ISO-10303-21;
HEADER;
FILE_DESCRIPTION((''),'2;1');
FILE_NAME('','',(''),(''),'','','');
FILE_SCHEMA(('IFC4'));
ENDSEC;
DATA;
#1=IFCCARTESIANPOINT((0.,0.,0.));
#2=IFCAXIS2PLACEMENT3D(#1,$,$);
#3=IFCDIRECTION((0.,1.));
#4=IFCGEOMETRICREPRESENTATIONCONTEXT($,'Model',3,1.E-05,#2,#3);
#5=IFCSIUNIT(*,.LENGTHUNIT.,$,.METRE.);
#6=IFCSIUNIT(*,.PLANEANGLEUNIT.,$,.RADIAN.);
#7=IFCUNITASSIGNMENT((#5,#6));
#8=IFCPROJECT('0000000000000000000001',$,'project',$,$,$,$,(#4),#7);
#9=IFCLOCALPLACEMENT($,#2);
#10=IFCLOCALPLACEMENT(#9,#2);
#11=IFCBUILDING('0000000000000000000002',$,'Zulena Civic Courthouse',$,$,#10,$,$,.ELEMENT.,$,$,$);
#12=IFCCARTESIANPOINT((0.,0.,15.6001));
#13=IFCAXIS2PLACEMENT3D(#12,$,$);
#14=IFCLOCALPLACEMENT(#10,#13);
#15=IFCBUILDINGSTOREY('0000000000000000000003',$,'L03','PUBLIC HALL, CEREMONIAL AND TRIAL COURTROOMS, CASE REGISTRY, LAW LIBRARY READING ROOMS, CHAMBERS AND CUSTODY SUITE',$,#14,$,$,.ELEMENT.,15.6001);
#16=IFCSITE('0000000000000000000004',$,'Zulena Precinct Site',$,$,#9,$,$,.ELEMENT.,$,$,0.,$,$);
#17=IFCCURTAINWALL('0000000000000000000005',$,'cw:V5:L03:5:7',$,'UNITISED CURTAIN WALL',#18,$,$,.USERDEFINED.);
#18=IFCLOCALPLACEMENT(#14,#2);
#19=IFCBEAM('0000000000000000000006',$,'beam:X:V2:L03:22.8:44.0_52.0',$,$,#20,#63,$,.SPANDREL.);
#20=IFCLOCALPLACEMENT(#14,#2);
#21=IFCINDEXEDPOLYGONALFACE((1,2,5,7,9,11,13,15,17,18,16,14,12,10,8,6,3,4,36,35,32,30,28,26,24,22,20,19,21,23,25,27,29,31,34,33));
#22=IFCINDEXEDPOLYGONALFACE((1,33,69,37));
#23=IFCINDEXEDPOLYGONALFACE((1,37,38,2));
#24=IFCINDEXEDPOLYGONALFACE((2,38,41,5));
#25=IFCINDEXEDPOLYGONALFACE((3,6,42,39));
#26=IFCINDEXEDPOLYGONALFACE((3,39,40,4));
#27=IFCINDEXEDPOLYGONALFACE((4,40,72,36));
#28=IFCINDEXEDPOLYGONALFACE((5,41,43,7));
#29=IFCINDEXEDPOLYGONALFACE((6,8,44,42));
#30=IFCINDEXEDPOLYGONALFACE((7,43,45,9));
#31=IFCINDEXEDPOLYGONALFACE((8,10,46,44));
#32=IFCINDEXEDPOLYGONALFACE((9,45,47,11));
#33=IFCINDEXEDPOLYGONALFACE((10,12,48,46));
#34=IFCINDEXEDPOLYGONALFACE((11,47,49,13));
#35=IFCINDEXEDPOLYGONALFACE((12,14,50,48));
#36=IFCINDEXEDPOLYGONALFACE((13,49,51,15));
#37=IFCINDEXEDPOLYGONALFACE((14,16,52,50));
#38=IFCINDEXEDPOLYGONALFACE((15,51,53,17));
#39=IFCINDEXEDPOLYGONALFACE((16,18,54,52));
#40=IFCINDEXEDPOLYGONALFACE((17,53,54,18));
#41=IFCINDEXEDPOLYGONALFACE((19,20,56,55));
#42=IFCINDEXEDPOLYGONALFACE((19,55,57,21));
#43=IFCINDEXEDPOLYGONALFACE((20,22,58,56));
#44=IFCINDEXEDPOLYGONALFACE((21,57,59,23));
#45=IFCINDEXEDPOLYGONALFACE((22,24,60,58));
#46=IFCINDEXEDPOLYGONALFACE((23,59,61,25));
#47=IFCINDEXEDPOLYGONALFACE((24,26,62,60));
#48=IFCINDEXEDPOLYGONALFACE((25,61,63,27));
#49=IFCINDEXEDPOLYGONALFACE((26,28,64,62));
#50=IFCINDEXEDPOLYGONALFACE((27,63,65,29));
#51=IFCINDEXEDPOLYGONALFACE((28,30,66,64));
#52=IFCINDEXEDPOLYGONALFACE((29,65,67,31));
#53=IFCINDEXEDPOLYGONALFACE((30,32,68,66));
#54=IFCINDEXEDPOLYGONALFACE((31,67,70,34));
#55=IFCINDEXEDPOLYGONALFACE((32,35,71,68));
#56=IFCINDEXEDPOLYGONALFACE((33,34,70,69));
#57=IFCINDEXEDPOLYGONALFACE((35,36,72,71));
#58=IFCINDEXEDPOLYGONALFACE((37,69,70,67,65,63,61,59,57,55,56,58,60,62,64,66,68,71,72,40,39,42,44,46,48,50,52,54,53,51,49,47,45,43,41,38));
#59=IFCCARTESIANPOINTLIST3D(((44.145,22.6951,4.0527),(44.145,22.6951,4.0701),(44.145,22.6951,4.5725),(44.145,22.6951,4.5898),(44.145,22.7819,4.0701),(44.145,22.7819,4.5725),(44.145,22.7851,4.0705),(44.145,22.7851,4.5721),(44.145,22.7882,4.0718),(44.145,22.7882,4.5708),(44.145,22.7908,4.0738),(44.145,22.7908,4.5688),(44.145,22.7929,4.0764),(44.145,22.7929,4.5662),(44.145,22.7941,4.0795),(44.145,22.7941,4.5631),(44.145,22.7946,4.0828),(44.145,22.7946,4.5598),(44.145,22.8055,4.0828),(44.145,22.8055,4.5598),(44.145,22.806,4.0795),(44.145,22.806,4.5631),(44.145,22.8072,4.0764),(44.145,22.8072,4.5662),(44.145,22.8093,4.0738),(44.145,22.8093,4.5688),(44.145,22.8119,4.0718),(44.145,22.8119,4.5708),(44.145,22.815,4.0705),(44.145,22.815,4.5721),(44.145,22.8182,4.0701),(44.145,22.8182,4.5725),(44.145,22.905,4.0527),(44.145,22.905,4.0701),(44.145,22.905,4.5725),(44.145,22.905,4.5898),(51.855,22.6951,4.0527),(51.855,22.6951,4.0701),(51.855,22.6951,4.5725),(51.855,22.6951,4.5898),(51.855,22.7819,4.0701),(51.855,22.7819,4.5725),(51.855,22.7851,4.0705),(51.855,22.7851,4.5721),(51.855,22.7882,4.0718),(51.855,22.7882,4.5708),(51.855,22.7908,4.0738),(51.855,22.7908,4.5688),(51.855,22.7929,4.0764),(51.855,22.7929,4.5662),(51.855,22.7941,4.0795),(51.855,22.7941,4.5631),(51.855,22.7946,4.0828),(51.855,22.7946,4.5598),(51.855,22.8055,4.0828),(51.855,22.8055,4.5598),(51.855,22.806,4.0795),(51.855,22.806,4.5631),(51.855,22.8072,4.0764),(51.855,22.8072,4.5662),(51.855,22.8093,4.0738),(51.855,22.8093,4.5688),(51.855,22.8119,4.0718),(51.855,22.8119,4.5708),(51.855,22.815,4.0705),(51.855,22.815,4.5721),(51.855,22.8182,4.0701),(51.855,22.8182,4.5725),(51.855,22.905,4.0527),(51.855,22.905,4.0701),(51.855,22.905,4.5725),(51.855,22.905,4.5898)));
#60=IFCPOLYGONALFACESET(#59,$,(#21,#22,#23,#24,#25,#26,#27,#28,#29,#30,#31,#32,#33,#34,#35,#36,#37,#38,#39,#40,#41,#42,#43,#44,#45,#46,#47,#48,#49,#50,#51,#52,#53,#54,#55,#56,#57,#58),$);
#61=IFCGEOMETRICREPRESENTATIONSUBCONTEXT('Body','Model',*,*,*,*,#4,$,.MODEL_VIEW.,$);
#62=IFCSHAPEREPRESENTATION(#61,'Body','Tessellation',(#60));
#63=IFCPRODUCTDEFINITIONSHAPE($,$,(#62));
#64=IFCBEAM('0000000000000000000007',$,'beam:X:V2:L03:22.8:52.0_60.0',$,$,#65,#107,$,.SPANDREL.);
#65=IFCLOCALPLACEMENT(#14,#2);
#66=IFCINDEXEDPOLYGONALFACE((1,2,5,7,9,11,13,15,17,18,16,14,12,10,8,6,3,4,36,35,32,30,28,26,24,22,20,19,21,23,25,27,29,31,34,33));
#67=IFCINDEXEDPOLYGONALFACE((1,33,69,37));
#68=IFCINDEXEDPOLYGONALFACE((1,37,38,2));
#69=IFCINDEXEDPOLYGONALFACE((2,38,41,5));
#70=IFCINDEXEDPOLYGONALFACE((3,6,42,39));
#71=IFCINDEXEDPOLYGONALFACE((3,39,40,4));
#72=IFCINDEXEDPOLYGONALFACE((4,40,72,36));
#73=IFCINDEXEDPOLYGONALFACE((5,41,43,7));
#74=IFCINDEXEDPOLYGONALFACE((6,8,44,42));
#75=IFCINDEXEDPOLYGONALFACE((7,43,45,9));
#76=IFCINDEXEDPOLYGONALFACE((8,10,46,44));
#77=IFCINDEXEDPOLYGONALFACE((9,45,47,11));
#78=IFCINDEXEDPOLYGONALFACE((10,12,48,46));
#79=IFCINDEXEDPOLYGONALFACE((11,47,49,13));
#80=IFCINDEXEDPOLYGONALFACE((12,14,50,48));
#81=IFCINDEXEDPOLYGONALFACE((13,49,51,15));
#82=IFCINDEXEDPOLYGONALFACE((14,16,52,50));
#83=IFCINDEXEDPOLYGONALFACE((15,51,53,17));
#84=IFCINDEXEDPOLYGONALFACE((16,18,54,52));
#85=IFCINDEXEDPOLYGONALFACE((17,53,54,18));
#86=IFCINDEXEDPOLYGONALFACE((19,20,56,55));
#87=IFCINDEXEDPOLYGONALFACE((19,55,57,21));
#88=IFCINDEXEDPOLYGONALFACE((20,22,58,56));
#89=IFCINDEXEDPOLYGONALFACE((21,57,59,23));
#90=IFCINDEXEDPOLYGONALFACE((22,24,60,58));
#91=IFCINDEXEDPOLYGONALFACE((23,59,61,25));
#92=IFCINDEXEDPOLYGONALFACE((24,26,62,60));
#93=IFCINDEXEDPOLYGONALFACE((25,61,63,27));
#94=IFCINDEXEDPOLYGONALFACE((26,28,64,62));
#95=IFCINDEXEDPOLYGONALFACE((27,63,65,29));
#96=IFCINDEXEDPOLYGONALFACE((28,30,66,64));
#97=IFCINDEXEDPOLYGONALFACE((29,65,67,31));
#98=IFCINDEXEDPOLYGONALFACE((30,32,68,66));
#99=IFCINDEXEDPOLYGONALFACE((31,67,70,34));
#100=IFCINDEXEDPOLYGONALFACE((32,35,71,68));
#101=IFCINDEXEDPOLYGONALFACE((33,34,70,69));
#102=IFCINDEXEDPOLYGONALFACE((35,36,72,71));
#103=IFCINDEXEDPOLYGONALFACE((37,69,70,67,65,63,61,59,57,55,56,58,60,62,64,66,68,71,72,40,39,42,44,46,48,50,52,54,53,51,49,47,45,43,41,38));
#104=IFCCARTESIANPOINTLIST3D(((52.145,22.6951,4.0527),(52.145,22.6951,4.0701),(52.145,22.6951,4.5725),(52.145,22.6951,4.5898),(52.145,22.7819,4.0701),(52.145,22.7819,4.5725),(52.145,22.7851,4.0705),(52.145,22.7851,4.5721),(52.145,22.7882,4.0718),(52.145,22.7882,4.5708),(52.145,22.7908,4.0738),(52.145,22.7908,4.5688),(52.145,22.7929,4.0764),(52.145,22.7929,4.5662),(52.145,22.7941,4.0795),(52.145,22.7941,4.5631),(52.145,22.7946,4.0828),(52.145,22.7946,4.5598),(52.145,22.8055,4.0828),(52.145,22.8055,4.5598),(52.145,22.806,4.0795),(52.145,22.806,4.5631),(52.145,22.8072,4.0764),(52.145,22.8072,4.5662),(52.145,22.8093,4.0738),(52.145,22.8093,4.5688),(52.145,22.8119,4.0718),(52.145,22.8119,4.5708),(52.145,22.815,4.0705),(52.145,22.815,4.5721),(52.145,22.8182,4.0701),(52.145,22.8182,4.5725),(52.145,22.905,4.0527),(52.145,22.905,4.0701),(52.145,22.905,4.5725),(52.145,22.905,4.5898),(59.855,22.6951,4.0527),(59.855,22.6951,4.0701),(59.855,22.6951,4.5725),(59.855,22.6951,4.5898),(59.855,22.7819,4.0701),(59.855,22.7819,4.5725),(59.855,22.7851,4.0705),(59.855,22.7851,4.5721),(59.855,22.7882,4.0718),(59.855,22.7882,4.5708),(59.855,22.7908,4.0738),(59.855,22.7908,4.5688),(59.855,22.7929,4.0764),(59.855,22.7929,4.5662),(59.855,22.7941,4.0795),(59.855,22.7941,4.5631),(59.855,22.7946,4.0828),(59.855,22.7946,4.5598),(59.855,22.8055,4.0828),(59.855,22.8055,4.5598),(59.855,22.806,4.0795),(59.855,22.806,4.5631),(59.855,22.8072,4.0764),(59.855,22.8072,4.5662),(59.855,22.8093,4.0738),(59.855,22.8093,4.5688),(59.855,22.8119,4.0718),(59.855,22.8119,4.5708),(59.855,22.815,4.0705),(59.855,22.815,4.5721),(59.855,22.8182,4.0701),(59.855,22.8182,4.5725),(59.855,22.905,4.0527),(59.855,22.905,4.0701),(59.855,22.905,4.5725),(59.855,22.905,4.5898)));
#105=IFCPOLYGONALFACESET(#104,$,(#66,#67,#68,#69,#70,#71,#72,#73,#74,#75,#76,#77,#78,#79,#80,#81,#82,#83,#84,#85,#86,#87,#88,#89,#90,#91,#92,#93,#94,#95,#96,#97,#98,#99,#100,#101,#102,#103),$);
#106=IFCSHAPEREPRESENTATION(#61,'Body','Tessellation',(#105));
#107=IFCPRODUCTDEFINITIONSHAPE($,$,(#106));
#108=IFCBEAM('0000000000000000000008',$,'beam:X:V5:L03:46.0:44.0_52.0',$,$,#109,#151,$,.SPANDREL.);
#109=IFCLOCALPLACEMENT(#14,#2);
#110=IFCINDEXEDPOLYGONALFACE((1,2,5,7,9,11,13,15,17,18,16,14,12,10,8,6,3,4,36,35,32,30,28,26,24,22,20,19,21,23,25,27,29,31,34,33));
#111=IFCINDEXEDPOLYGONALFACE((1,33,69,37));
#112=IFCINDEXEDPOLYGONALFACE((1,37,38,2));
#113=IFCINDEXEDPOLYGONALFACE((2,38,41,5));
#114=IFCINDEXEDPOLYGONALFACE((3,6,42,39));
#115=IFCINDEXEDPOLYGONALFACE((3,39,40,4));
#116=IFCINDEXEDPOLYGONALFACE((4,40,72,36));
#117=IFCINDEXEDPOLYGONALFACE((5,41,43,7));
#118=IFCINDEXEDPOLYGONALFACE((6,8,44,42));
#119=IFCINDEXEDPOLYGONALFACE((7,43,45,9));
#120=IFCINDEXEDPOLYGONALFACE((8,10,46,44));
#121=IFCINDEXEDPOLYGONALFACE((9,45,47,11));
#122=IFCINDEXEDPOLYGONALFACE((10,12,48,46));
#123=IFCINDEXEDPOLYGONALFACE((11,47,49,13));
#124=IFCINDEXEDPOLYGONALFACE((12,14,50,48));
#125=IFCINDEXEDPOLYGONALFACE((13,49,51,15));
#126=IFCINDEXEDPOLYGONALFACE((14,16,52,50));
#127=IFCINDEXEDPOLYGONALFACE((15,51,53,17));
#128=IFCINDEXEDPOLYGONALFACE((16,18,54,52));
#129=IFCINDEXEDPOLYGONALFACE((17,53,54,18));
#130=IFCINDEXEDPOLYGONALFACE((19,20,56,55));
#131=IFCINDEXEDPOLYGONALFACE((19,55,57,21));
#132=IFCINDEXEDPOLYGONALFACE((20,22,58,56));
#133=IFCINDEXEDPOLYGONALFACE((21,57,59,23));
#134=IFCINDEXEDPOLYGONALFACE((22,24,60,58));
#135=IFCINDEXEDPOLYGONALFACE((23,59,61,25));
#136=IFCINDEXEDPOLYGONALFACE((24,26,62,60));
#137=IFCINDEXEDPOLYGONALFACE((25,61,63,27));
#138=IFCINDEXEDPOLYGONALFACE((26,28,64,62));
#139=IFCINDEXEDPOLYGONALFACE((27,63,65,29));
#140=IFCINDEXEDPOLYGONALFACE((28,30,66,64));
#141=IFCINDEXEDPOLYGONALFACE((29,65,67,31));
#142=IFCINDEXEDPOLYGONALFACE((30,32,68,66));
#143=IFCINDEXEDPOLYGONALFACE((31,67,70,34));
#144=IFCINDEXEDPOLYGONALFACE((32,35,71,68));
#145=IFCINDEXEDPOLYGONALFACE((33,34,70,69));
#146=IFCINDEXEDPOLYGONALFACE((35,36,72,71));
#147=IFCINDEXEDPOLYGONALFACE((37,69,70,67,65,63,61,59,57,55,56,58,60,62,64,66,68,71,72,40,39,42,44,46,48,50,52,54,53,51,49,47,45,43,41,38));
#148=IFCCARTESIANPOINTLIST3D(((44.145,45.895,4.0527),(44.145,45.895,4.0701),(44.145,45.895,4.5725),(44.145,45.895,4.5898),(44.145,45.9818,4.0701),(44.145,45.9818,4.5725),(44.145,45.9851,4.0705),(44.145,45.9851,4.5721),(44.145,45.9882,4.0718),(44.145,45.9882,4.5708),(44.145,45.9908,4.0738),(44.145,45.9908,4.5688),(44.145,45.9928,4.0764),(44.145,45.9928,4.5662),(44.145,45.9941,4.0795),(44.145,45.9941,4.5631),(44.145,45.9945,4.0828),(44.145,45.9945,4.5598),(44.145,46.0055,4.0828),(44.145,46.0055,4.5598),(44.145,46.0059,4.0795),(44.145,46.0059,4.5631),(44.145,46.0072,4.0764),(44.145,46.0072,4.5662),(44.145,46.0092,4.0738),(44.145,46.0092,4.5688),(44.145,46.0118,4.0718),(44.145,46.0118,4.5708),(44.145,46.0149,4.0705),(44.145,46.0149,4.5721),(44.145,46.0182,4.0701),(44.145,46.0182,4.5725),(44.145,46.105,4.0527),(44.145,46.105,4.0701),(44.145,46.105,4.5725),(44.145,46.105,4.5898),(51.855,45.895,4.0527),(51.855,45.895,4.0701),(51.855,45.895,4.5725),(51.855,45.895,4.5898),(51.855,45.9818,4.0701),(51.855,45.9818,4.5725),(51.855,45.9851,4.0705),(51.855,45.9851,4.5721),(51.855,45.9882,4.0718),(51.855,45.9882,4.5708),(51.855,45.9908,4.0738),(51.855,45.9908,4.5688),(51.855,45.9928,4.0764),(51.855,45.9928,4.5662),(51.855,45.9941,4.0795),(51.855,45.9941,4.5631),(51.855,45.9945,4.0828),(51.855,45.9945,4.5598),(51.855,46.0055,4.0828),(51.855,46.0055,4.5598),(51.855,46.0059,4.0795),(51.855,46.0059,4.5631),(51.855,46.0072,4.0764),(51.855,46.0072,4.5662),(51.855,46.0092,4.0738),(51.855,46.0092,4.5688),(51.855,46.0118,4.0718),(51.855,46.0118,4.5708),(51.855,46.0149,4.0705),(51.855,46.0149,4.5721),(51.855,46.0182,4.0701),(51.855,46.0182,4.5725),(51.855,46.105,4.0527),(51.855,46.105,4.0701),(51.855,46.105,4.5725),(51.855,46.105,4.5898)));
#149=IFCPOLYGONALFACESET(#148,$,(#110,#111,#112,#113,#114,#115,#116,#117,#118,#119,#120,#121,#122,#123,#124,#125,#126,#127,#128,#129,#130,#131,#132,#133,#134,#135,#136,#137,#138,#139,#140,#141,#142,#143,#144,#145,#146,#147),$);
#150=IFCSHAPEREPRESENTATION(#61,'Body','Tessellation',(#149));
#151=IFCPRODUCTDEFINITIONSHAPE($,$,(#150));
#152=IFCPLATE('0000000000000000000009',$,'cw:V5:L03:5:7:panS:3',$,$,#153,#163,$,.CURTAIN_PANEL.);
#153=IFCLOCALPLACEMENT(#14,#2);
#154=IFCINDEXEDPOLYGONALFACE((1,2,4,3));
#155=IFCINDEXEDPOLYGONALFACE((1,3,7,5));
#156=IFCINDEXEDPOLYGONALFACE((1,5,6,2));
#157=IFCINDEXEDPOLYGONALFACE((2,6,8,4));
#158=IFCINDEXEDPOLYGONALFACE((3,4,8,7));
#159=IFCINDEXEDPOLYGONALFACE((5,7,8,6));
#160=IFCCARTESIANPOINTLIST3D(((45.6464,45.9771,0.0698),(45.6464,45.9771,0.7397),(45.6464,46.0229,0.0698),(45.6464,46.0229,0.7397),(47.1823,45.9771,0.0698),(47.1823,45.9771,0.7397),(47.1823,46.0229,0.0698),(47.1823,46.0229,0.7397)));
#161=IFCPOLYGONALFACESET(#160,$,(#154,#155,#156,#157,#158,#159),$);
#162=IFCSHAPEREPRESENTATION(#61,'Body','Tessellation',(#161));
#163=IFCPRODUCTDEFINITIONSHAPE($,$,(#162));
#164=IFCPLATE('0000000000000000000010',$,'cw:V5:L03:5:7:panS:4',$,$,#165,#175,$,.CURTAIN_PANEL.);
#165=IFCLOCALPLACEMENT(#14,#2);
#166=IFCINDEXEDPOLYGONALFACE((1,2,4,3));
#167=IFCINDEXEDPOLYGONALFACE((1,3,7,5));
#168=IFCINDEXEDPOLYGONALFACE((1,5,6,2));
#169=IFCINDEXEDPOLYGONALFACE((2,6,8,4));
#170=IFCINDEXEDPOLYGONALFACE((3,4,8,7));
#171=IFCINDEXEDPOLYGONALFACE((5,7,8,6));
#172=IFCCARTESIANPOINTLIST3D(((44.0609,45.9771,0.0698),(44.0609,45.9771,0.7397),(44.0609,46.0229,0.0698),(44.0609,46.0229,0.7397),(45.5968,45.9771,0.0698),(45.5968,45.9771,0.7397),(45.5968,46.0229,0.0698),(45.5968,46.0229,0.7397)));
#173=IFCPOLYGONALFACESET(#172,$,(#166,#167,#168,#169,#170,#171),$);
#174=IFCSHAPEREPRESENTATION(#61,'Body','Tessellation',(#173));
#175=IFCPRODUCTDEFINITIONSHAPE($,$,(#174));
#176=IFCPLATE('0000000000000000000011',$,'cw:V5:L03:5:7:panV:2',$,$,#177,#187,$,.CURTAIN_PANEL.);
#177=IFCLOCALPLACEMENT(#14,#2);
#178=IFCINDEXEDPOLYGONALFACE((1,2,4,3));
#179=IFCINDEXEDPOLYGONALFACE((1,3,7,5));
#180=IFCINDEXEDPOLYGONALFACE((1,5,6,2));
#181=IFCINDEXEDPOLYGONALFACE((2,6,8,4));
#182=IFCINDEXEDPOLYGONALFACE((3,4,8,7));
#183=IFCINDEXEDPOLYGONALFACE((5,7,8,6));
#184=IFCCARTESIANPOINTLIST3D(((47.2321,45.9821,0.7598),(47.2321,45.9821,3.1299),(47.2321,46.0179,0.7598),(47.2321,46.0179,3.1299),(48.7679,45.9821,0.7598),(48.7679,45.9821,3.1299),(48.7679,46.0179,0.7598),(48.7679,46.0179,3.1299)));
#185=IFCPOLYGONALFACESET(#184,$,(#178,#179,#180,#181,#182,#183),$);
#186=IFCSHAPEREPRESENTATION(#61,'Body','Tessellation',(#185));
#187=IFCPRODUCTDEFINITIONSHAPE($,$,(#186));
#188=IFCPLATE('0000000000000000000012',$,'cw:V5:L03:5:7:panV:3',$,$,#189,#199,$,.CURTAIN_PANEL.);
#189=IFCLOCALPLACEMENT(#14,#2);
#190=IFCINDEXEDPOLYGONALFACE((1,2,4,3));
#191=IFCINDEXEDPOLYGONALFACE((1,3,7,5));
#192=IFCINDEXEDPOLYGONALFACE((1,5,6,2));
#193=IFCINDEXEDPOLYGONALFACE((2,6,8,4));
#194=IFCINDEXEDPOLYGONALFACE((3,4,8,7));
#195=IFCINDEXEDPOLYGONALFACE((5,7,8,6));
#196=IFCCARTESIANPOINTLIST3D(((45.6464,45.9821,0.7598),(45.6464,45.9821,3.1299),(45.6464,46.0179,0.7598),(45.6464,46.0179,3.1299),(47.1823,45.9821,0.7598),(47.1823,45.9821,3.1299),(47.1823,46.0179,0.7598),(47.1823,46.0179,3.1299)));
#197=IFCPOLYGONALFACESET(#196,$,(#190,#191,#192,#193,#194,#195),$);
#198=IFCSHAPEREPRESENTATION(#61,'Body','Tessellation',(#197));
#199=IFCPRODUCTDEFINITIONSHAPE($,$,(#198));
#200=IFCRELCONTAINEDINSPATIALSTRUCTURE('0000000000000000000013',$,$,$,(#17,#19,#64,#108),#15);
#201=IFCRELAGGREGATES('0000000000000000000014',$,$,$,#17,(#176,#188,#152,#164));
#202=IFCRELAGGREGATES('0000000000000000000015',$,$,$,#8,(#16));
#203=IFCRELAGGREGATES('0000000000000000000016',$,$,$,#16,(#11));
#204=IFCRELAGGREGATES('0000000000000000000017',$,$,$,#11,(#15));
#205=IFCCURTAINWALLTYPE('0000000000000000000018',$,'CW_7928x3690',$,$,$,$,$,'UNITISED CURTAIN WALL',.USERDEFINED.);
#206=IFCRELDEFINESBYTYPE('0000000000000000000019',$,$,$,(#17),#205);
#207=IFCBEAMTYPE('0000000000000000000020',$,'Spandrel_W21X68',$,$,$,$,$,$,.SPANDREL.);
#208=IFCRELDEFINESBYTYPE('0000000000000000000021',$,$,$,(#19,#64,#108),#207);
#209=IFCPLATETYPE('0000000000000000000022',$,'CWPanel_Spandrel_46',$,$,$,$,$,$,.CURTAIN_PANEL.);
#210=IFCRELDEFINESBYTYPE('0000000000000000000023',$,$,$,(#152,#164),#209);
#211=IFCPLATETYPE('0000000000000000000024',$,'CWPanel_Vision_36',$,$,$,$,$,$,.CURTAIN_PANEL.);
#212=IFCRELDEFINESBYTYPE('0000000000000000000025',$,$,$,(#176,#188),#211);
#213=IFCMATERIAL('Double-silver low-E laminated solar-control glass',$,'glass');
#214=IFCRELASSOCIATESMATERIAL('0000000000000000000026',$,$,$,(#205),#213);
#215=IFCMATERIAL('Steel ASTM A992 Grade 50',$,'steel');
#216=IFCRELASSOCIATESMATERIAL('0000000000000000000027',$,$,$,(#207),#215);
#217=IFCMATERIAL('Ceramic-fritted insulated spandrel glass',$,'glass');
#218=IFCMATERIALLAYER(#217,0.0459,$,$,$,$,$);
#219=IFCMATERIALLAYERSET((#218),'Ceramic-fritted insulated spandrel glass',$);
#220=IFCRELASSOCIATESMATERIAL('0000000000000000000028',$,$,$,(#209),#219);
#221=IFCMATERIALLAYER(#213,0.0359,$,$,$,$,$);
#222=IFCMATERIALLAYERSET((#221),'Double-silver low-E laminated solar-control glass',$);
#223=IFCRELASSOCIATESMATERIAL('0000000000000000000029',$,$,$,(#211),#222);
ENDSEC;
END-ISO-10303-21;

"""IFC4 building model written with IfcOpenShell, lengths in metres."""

from ifc_helpers import new_model, si_unit, direction, frame, origin, origin_2d, place, context, subcontext, project, spatial, rectangle, i_section, extrude, material, layer, layer_set, material_profile, profile_set, type_object, element, aggregate, save


model = new_model("IFC4")

# Units and contexts
model_context = context("Model", 3, precision=1e-05, world=origin(), true_north=direction((0.0, 1.0)))
body_context = subcontext(model_context, "Body", "Model", "MODEL_VIEW")
ifc_project = project(units=[si_unit("LENGTHUNIT", "METRE"), si_unit("PLANEANGLEUNIT", "RADIAN")], contexts=[model_context])

# Site, building, storey
site_placement = place(None, origin())
site = spatial("IfcSite", under=ifc_project, at=site_placement, Name="Zulena Precinct Site", CompositionType="ELEMENT", RefElevation=0.0)
building_placement = place(site_placement, origin())
building = spatial("IfcBuilding", under=site, at=building_placement, Name="Zulena Civic Courthouse", CompositionType="ELEMENT")
storey_placement = place(building_placement, frame((0.0, 0.0, 15.6001)))
storey = spatial("IfcBuildingStorey", under=building, at=storey_placement, Name="L03", Description="PUBLIC HALL, CEREMONIAL AND TRIAL COURTROOMS, CASE REGISTRY, LAW LIBRARY READING ROOMS, CHAMBERS AND CUSTODY SUITE", CompositionType="ELEMENT", Elevation=15.6001)

# Shared definitions
ifc_material_1 = material(Name="Steel ASTM A992 Grade 50", Category="steel")

# Curtain wall
ifc_material_2 = material(Name="Double-silver low-E laminated solar-control glass", Category="glass")
curtain_wall_type = type_object("IfcCurtainWallType", Name="CW_7928x3690", ElementType="UNITISED CURTAIN WALL", PredefinedType="USERDEFINED", material=ifc_material_2)
curtain_wall_placement = place(storey_placement, origin())
curtain_wall = element("IfcCurtainWall", 1, at=curtain_wall_placement, inside=storey, type_object=curtain_wall_type, Name="cw:V5:L03:5:7", ObjectType="UNITISED CURTAIN WALL", PredefinedType="USERDEFINED")

# Beams
ifc_material_profile_1 = material_profile(ifc_material_1, i_section(OverallWidth=0.21, OverallDepth=0.5371, WebThickness=0.011, FlangeThickness=0.0173, FilletRadius=0.0127, at=origin_2d()), Name="W21X68")
ifc_profile_set_1 = profile_set([ifc_material_profile_1], Name="Steel ASTM A992 Grade 50")
beam_type_1 = type_object("IfcBeamType", Name="Spandrel_W21X68", PredefinedType="SPANDREL", material=ifc_profile_set_1)
for number, where, z_axis, x_axis, name in (
    (2, (44.145, 22.8, 4.3213), (1.0, 0.0, 0.0), (0.0, 1.0, 0.0), "beam:X:V2:L03:22.8:44.0_52.0"),
    (3, (52.145, 22.8, 4.3213), (1.0, 0.0, 0.0), (0.0, 1.0, 0.0), "beam:X:V2:L03:22.8:52.0_60.0"),
    (4, (44.145, 46.0, 4.3213), (1.0, 0.0, 0.0), (0.0, 1.0, 0.0), "beam:X:V5:L03:46.0:44.0_52.0"),
):
    element("IfcBeam", number, at=place(storey_placement, frame(where, z_axis=z_axis, x_axis=x_axis)), inside=storey, type_object=beam_type_1, Name=name, PredefinedType="SPANDREL", context=body_context, shape_type="SweptSolid", body=[
        extrude(i_section(OverallWidth=0.21, OverallDepth=0.5371, WebThickness=0.011, FlangeThickness=0.0173, FilletRadius=0.0127, at=origin_2d()), origin(), (0.0, 0.0, 1.0), 7.71),
    ])

# Plates
ifc_material_3 = material(Name="Ceramic-fritted insulated spandrel glass", Category="glass")
ifc_layer_1 = layer(ifc_material_3, 0.0459)
ifc_layer_set_1 = layer_set([ifc_layer_1], Name="Ceramic-fritted insulated spandrel glass")
plate_type_1 = type_object("IfcPlateType", Name="CWPanel_Spandrel_46", PredefinedType="CURTAIN_PANEL", material=ifc_layer_set_1)
plate_1_placement = place(storey_placement, frame((46.4143, 46.0, 0.0698), z_axis=(0.0, 0.0, 1.0), x_axis=(-1.0, 0.0, 0.0)))
plate_1 = element("IfcPlate", 5, at=plate_1_placement, type_object=plate_type_1, Name="cw:V5:L03:5:7:panS:3", PredefinedType="CURTAIN_PANEL", context=body_context, shape_type="SweptSolid", body=[
    extrude(rectangle(XDim=1.5359, YDim=0.0459, at=origin_2d()), origin(), (0.0, 0.0, 1.0), 0.6699),
])
plate_2_placement = place(storey_placement, frame((44.8289, 46.0, 0.0698), z_axis=(0.0, 0.0, 1.0), x_axis=(-1.0, 0.0, 0.0)))
plate_2 = element("IfcPlate", 6, at=plate_2_placement, type_object=plate_type_1, Name="cw:V5:L03:5:7:panS:4", PredefinedType="CURTAIN_PANEL", context=body_context, shape_type="SweptSolid", body=[
    extrude(rectangle(XDim=1.5359, YDim=0.0459, at=origin_2d()), origin(), (0.0, 0.0, 1.0), 0.6699),
])
ifc_layer_2 = layer(ifc_material_2, 0.0359)
ifc_layer_set_2 = layer_set([ifc_layer_2], Name="Double-silver low-E laminated solar-control glass")
plate_type_2 = type_object("IfcPlateType", Name="CWPanel_Vision_36", PredefinedType="CURTAIN_PANEL", material=ifc_layer_set_2)
plate_3_placement = place(storey_placement, frame((48.0, 46.0, 0.7598), z_axis=(0.0, 0.0, 1.0), x_axis=(-1.0, 0.0, 0.0)))
plate_3 = element("IfcPlate", 7, at=plate_3_placement, type_object=plate_type_2, Name="cw:V5:L03:5:7:panV:2", PredefinedType="CURTAIN_PANEL", context=body_context, shape_type="SweptSolid", body=[
    extrude(rectangle(XDim=1.5359, YDim=0.0359, at=origin_2d()), origin(), (0.0, 0.0, 1.0), 2.3701),
])
plate_4_placement = place(storey_placement, frame((46.4143, 46.0, 0.7598), z_axis=(0.0, 0.0, 1.0), x_axis=(-1.0, 0.0, 0.0)))
plate_4 = element("IfcPlate", 8, at=plate_4_placement, type_object=plate_type_2, Name="cw:V5:L03:5:7:panV:3", PredefinedType="CURTAIN_PANEL", context=body_context, shape_type="SweptSolid", body=[
    extrude(rectangle(XDim=1.5359, YDim=0.0359, at=origin_2d()), origin(), (0.0, 0.0, 1.0), 2.3701),
])
aggregate(curtain_wall, [plate_3, plate_4, plate_1, plate_2])

save(model, "model.ifc")
